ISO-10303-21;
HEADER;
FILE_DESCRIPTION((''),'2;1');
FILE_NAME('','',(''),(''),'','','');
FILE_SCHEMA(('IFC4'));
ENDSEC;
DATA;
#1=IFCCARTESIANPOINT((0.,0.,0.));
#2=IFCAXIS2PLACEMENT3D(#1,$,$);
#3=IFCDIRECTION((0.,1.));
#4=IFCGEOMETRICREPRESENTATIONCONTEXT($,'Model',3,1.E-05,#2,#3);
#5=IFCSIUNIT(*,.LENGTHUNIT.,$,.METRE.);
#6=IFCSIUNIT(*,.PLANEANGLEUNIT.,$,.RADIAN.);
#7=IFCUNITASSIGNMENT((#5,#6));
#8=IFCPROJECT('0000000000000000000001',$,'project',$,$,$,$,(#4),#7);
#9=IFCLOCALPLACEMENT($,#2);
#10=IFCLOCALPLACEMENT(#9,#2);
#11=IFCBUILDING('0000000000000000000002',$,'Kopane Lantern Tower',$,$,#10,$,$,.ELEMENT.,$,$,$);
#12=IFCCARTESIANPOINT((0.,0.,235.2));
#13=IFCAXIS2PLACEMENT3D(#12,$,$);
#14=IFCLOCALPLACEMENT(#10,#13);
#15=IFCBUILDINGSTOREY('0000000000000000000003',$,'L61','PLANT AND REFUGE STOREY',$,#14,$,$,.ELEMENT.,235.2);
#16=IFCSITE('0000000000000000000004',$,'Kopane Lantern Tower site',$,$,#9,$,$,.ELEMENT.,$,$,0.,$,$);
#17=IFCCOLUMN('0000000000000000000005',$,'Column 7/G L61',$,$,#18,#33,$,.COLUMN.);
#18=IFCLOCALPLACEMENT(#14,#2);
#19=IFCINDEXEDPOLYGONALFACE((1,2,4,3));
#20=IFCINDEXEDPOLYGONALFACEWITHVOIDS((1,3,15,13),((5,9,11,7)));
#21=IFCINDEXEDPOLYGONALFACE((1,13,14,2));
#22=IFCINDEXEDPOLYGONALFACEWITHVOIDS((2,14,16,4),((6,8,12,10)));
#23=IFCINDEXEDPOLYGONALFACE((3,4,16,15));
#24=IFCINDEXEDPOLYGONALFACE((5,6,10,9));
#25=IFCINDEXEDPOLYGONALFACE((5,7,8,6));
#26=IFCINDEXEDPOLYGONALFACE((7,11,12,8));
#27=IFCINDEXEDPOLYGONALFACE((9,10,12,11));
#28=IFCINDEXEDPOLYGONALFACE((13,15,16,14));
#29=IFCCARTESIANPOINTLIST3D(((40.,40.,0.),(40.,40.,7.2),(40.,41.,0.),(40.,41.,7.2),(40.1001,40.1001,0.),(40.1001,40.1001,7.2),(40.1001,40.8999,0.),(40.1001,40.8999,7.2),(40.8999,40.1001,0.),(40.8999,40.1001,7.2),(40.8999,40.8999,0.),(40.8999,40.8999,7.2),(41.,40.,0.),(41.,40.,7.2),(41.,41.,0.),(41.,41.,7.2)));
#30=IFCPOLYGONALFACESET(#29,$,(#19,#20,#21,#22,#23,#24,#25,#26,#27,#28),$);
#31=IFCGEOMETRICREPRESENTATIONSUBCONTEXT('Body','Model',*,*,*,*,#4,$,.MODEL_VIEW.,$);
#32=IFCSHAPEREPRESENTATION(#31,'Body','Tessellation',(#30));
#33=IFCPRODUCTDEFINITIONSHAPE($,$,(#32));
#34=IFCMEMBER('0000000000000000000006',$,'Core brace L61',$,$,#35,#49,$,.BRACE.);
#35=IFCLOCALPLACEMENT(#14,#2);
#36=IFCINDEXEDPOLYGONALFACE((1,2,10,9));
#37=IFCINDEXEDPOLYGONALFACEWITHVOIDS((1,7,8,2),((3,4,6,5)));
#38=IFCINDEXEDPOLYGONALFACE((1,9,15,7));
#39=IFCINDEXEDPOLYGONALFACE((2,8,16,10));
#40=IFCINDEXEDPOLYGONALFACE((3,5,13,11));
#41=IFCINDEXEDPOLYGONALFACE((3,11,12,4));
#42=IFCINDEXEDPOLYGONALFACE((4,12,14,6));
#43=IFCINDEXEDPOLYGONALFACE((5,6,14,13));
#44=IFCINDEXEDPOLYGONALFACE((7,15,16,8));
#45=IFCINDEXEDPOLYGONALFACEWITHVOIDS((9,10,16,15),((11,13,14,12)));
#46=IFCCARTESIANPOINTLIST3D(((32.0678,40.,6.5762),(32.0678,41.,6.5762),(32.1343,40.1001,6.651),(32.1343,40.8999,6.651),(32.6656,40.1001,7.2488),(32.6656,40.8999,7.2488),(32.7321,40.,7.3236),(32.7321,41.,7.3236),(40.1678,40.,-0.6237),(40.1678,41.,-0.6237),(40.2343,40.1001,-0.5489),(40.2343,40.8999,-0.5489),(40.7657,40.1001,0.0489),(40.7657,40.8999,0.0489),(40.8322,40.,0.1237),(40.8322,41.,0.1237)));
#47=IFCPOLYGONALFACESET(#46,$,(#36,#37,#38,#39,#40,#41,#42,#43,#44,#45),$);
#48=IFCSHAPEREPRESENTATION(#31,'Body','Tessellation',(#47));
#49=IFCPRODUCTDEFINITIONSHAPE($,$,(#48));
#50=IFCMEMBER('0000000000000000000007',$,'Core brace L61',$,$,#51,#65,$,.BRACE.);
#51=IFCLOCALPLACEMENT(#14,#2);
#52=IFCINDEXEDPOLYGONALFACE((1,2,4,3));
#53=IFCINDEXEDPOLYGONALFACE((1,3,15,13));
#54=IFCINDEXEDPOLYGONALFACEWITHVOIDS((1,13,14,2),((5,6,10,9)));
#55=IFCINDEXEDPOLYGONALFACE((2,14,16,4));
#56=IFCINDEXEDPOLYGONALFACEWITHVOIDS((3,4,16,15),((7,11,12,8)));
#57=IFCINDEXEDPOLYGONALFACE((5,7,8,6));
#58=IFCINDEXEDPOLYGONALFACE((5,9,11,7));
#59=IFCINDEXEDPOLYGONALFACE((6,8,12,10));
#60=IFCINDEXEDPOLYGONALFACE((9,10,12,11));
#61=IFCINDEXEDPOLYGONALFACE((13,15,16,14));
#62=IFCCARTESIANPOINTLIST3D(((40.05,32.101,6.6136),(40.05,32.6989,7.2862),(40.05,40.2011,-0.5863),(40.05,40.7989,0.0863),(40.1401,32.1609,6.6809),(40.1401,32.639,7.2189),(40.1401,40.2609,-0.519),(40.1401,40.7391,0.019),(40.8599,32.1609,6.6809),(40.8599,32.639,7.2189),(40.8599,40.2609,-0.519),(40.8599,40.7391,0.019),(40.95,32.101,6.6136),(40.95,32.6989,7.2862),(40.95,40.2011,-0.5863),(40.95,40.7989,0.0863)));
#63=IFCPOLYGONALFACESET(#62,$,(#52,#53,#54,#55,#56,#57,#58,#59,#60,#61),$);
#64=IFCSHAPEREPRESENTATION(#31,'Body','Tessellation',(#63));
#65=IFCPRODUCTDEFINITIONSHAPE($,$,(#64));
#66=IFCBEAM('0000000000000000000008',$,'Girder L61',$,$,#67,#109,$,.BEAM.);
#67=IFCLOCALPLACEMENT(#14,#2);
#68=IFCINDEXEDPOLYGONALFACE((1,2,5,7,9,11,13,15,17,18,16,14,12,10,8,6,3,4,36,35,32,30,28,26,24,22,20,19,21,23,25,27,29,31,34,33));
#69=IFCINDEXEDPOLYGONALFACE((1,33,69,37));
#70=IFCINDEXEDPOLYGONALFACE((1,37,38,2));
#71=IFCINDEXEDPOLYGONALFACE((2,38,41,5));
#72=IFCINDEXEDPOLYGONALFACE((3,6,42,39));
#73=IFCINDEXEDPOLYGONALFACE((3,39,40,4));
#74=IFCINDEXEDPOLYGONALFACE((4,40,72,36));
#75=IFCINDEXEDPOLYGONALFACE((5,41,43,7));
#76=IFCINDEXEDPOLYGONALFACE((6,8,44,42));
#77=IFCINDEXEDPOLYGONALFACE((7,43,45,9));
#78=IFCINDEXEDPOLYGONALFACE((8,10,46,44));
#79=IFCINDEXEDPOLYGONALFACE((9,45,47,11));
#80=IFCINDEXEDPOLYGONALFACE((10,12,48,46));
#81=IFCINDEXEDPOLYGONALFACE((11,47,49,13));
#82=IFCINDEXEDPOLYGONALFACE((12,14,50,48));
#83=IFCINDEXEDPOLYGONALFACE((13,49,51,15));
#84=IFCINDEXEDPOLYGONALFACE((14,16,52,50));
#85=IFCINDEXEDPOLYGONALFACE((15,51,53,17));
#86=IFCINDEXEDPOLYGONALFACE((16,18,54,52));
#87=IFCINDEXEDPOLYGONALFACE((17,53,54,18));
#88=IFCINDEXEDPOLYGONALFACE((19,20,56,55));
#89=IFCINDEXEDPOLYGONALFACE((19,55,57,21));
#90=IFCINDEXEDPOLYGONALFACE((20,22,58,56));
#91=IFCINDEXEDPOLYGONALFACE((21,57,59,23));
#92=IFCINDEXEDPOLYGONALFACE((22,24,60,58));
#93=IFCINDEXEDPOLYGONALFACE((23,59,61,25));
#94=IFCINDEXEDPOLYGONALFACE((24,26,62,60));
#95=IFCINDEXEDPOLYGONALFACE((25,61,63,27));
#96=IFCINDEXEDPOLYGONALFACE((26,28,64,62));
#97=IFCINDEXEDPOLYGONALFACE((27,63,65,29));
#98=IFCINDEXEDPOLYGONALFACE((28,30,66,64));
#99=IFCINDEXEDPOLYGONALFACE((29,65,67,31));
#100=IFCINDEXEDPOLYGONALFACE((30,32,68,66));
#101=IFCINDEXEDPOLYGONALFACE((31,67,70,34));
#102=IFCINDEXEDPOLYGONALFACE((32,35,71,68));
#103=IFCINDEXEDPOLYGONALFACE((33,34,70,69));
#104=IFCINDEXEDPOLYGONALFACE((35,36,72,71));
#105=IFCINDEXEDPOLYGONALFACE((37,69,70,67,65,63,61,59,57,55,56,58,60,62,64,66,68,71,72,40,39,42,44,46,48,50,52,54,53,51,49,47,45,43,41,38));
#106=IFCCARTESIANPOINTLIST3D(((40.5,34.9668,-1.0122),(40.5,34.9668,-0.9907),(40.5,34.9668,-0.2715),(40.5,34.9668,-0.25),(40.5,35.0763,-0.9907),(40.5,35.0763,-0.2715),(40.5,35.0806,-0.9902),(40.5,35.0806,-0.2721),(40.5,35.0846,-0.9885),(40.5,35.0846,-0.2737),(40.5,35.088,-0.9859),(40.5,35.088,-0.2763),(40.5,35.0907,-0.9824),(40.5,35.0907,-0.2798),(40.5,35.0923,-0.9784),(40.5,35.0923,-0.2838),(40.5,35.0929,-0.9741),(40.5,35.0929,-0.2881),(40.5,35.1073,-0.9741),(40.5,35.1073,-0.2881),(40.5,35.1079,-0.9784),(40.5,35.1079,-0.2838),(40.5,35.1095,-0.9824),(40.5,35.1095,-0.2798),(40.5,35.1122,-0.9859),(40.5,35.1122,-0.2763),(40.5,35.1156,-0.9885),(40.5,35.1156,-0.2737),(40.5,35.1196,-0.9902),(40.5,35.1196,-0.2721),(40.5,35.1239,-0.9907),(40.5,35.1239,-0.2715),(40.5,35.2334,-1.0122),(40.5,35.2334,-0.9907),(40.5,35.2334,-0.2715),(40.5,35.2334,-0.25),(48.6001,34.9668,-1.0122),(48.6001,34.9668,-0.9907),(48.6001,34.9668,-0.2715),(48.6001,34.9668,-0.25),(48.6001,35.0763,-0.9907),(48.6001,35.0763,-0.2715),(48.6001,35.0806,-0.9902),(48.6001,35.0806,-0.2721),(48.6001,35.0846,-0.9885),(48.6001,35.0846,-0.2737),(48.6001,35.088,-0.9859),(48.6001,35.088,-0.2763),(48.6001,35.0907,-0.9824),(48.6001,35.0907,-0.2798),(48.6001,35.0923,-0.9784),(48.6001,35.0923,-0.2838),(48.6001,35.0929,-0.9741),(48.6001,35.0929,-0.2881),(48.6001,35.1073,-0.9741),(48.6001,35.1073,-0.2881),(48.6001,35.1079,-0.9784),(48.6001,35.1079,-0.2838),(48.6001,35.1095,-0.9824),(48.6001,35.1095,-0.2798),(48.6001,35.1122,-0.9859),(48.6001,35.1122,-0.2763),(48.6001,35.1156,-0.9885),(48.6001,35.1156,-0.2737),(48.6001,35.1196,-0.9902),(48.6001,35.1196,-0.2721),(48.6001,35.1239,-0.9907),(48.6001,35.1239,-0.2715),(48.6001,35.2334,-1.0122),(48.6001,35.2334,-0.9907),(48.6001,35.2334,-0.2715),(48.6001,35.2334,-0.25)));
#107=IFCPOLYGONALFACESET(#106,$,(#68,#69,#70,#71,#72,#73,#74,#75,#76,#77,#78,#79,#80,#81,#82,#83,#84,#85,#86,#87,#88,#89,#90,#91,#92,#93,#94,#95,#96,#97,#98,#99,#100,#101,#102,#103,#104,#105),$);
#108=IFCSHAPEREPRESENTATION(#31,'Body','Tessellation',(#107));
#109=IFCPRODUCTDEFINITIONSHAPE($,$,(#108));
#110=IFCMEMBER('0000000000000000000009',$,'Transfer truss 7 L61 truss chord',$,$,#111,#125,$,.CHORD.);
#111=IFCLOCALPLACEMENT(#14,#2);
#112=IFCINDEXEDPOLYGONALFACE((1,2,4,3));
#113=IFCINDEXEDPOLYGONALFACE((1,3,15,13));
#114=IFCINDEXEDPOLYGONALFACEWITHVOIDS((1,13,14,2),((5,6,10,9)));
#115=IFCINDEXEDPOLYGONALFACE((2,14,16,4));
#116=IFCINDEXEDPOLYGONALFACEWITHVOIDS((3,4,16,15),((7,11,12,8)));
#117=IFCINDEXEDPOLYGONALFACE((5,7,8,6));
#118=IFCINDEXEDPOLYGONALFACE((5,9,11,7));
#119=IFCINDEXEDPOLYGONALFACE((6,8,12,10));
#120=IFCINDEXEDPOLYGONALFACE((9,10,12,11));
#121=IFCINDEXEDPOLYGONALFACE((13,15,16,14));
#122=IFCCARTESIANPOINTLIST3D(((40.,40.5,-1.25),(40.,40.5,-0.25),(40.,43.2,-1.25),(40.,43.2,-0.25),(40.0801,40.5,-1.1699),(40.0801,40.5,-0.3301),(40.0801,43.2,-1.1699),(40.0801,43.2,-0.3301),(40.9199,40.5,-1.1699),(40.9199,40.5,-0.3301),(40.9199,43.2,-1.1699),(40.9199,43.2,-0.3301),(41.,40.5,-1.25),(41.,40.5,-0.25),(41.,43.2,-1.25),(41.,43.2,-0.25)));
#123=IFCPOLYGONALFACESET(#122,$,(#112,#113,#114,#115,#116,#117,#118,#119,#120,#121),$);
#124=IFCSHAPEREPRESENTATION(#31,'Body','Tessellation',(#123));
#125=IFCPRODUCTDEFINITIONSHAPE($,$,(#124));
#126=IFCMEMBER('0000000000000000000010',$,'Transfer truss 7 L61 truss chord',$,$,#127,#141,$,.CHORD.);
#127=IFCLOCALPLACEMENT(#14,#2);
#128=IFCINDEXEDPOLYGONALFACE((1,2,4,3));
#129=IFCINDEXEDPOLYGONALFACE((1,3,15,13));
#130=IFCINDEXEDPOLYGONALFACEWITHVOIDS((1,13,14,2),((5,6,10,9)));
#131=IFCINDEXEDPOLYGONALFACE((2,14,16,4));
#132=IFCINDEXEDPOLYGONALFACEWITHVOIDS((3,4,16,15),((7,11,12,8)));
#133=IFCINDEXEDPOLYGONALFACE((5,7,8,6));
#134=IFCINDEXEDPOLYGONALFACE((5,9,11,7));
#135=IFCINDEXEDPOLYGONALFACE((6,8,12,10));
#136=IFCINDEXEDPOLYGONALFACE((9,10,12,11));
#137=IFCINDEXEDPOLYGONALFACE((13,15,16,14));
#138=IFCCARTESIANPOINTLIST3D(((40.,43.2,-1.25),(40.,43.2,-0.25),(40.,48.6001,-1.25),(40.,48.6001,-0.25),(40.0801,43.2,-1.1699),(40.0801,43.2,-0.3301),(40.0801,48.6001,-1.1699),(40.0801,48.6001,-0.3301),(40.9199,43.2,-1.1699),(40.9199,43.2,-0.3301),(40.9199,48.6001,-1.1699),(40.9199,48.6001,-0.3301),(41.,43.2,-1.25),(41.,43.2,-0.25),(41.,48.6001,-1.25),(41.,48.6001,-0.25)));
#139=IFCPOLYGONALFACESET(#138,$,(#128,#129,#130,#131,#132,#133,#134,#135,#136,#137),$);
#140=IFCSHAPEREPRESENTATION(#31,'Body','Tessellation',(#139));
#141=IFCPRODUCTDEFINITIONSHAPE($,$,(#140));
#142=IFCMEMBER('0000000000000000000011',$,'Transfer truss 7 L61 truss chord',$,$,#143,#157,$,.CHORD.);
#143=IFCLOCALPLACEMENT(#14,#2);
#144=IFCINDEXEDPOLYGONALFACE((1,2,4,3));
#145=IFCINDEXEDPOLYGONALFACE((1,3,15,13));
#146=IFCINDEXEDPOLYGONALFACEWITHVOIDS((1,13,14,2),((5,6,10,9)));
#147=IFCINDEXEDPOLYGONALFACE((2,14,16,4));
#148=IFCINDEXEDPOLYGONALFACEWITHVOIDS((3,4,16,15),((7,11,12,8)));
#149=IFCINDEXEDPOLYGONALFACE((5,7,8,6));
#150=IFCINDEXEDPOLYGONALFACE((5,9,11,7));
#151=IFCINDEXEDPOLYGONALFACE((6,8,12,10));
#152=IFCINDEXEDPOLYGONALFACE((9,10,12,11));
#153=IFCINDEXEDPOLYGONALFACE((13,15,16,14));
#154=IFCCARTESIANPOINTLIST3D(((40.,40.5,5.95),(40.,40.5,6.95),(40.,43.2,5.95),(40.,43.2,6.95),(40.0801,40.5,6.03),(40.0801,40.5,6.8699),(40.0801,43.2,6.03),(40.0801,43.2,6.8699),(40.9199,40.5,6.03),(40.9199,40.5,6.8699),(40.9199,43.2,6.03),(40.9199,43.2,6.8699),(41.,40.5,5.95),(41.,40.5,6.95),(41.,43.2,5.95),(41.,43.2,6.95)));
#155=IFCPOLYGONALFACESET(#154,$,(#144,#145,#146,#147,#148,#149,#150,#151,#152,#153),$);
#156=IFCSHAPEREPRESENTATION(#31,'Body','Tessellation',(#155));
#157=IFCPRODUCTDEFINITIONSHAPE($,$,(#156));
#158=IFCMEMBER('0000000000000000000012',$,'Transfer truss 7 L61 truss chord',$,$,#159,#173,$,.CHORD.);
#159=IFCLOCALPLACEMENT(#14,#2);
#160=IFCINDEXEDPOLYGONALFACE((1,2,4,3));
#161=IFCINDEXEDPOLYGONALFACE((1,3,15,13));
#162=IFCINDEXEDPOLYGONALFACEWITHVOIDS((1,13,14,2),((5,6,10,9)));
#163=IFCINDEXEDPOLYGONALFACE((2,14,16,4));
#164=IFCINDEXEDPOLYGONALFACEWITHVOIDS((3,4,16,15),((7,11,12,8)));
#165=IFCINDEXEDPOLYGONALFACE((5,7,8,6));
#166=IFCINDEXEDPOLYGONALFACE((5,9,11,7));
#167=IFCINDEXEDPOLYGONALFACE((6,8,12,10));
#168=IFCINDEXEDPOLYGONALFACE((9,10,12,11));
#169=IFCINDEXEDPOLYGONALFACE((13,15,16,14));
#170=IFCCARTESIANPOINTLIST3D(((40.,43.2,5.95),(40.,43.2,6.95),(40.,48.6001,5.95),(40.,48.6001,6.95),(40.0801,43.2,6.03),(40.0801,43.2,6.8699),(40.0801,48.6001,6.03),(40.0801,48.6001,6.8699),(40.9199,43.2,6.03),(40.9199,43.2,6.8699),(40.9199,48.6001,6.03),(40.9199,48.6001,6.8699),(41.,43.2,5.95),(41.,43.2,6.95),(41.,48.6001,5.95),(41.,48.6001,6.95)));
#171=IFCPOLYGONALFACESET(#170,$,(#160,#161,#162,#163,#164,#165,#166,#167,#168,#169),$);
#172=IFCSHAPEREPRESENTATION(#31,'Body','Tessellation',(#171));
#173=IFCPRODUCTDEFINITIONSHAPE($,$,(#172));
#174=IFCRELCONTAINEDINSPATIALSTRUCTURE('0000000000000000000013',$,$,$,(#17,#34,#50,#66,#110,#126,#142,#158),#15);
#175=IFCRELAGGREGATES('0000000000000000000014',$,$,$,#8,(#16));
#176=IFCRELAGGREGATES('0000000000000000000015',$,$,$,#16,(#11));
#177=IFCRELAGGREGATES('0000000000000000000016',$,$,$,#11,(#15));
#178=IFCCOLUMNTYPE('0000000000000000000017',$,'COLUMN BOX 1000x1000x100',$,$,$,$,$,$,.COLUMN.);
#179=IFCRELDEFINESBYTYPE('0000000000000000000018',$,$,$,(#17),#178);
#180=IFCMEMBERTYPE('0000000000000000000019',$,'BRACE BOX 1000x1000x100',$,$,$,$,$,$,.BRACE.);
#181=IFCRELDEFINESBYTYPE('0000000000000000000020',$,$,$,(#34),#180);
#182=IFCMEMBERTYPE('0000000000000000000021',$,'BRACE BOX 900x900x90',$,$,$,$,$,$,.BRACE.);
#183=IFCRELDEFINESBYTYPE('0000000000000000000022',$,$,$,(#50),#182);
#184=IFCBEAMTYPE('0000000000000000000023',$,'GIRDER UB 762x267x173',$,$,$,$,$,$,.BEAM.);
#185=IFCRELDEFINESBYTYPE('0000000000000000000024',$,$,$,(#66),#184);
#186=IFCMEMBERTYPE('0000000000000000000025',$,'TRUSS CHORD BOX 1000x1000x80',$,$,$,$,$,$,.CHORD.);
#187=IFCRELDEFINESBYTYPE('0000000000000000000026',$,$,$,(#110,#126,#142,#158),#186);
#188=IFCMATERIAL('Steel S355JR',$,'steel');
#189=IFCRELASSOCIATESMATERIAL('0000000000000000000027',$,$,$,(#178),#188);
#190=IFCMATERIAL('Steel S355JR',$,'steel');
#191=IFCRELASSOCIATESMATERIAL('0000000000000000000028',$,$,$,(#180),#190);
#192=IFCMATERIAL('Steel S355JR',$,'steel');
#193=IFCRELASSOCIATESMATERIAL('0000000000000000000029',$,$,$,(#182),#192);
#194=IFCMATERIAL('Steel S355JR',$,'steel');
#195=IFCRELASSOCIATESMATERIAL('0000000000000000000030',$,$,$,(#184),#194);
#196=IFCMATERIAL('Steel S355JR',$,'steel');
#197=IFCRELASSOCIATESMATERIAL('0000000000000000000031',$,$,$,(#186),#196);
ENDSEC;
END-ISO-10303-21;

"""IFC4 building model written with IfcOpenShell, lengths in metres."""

from ifc_helpers import new_model, si_unit, direction, frame, origin, origin_2d, place, context, subcontext, project, spatial, hollow_rectangle, i_section, extrude, material, material_profile, profile_set, type_object, element, save


model = new_model("IFC4")

# Units and contexts
model_context = context("Model", 3, precision=1e-05, world=origin(), true_north=direction((0.0, 1.0)))
body_context = subcontext(model_context, "Body", "Model", "MODEL_VIEW")
ifc_project = project(units=[si_unit("LENGTHUNIT", "METRE"), si_unit("PLANEANGLEUNIT", "RADIAN")], contexts=[model_context])

# Site, building, storey
site_placement = place(None, origin())
site = spatial("IfcSite", under=ifc_project, at=site_placement, Name="Kopane Lantern Tower site", CompositionType="ELEMENT", RefElevation=0.0)
building_placement = place(site_placement, origin())
building = spatial("IfcBuilding", under=site, at=building_placement, Name="Kopane Lantern Tower", CompositionType="ELEMENT")
storey_placement = place(building_placement, frame((0.0, 0.0, 235.2)))
storey = spatial("IfcBuildingStorey", under=building, at=storey_placement, Name="L61", Description="PLANT AND REFUGE STOREY", CompositionType="ELEMENT", Elevation=235.2)

# Column
ifc_material_1 = material(Name="Steel S355JR", Category="steel")
ifc_material_profile_1 = material_profile(ifc_material_1, hollow_rectangle(XDim=1.0, YDim=1.0, WallThickness=0.1001, at=origin_2d()), Name="BOX 1000x1000x100")
ifc_profile_set_1 = profile_set([ifc_material_profile_1], Name="Steel S355JR")
column_type = type_object("IfcColumnType", Name="COLUMN BOX 1000x1000x100", PredefinedType="COLUMN", material=ifc_profile_set_1)
column_placement = place(storey_placement, frame((40.5, 40.5, 0.0), z_axis=(0.0, 0.0, 1.0), x_axis=(1.0, 0.0, 0.0)))
element("IfcColumn", 1, at=column_placement, inside=storey, type_object=column_type, Name="Column 7/G L61", PredefinedType="COLUMN", context=body_context, shape_type="SweptSolid", body=[
    extrude(hollow_rectangle(XDim=1.0, YDim=1.0, WallThickness=0.1001, at=origin_2d()), origin(), (0.0, 0.0, 1.0), 7.2),
])

# Members
ifc_material_2 = material(Name="Steel S355JR", Category="steel")
ifc_material_profile_2 = material_profile(ifc_material_2, hollow_rectangle(XDim=1.0, YDim=1.0, WallThickness=0.1001, at=origin_2d()), Name="BOX 1000x1000x100")
ifc_profile_set_2 = profile_set([ifc_material_profile_2], Name="Steel S355JR")
member_type_1 = type_object("IfcMemberType", Name="BRACE BOX 1000x1000x100", PredefinedType="BRACE", material=ifc_profile_set_2)
member_1_placement = place(storey_placement, frame((40.5, 40.5, -0.25), z_axis=(-0.747416, 0.0, 0.664357), x_axis=(0.0, -1.0, 0.0)))
element("IfcMember", 2, at=member_1_placement, inside=storey, type_object=member_type_1, Name="Core brace L61", PredefinedType="BRACE", context=body_context, shape_type="SweptSolid", body=[
    extrude(hollow_rectangle(XDim=1.0, YDim=1.0, WallThickness=0.1001, at=origin_2d()), origin(), (0.0, 0.0, 1.0), 10.8374),
])
ifc_material_3 = material(Name="Steel S355JR", Category="steel")
ifc_material_profile_3 = material_profile(ifc_material_3, hollow_rectangle(XDim=0.8999, YDim=0.8999, WallThickness=0.0901, at=origin_2d()), Name="BOX 900x900x90")
ifc_profile_set_3 = profile_set([ifc_material_profile_3], Name="Steel S355JR")
member_type_2 = type_object("IfcMemberType", Name="BRACE BOX 900x900x90", PredefinedType="BRACE", material=ifc_profile_set_3)
member_2_placement = place(storey_placement, frame((40.5, 40.5, -0.25), z_axis=(0.0, -0.747416, 0.664357), x_axis=(1.0, 0.0, 0.0)))
element("IfcMember", 3, at=member_2_placement, inside=storey, type_object=member_type_2, Name="Core brace L61", PredefinedType="BRACE", context=body_context, shape_type="SweptSolid", body=[
    extrude(hollow_rectangle(XDim=0.8999, YDim=0.8999, WallThickness=0.0901, at=origin_2d()), origin(), (0.0, 0.0, 1.0), 10.8374),
])

# Beam
ifc_material_4 = material(Name="Steel S355JR", Category="steel")
ifc_material_profile_4 = material_profile(ifc_material_4, i_section(OverallWidth=0.2666, OverallDepth=0.7622, WebThickness=0.0144, FlangeThickness=0.0215, FilletRadius=0.0166, at=origin_2d()), Name="UB 762x267x173")
ifc_profile_set_4 = profile_set([ifc_material_profile_4], Name="Steel S355JR")
beam_type = type_object("IfcBeamType", Name="GIRDER UB 762x267x173", PredefinedType="BEAM", material=ifc_profile_set_4)
beam_placement = place(storey_placement, frame((40.5, 35.1001, -0.6311), z_axis=(1.0, 0.0, 0.0), x_axis=(0.0, 1.0, 0.0)))
element("IfcBeam", 4, at=beam_placement, inside=storey, type_object=beam_type, Name="Girder L61", PredefinedType="BEAM", context=body_context, shape_type="SweptSolid", body=[
    extrude(i_section(OverallWidth=0.2666, OverallDepth=0.7622, WebThickness=0.0144, FlangeThickness=0.0215, FilletRadius=0.0166, at=origin_2d()), origin(), (0.0, 0.0, 1.0), 8.1001),
])

# Members
ifc_material_5 = material(Name="Steel S355JR", Category="steel")
ifc_material_profile_5 = material_profile(ifc_material_5, hollow_rectangle(XDim=1.0, YDim=1.0, WallThickness=0.0801, at=origin_2d()), Name="BOX 1000x1000x80")
ifc_profile_set_5 = profile_set([ifc_material_profile_5], Name="Steel S355JR")
member_type_3 = type_object("IfcMemberType", Name="TRUSS CHORD BOX 1000x1000x80", PredefinedType="CHORD", material=ifc_profile_set_5)
member_3_placement = place(storey_placement, frame((40.5, 40.5, -0.75), z_axis=(0.0, 1.0, 0.0), x_axis=(-1.0, 0.0, 0.0)))
element("IfcMember", 5, at=member_3_placement, inside=storey, type_object=member_type_3, Name="Transfer truss 7 L61 truss chord", PredefinedType="CHORD", context=body_context, shape_type="SweptSolid", body=[
    extrude(hollow_rectangle(XDim=1.0, YDim=1.0, WallThickness=0.0801, at=origin_2d()), origin(), (0.0, 0.0, 1.0), 2.7),
])
member_4_placement = place(storey_placement, frame((40.5, 43.2, -0.75), z_axis=(0.0, 1.0, 0.0), x_axis=(-1.0, 0.0, 0.0)))
element("IfcMember", 6, at=member_4_placement, inside=storey, type_object=member_type_3, Name="Transfer truss 7 L61 truss chord", PredefinedType="CHORD", context=body_context, shape_type="SweptSolid", body=[
    extrude(hollow_rectangle(XDim=1.0, YDim=1.0, WallThickness=0.0801, at=origin_2d()), origin(), (0.0, 0.0, 1.0), 5.4001),
])
member_5_placement = place(storey_placement, frame((40.5, 40.5, 6.45), z_axis=(0.0, 1.0, 0.0), x_axis=(-1.0, 0.0, 0.0)))
element("IfcMember", 7, at=member_5_placement, inside=storey, type_object=member_type_3, Name="Transfer truss 7 L61 truss chord", PredefinedType="CHORD", context=body_context, shape_type="SweptSolid", body=[
    extrude(hollow_rectangle(XDim=1.0, YDim=1.0, WallThickness=0.0801, at=origin_2d()), origin(), (0.0, 0.0, 1.0), 2.7),
])
member_6_placement = place(storey_placement, frame((40.5, 43.2, 6.45), z_axis=(0.0, 1.0, 0.0), x_axis=(-1.0, 0.0, 0.0)))
element("IfcMember", 8, at=member_6_placement, inside=storey, type_object=member_type_3, Name="Transfer truss 7 L61 truss chord", PredefinedType="CHORD", context=body_context, shape_type="SweptSolid", body=[
    extrude(hollow_rectangle(XDim=1.0, YDim=1.0, WallThickness=0.0801, at=origin_2d()), origin(), (0.0, 0.0, 1.0), 5.4001),
])

save(model, "model.ifc")
